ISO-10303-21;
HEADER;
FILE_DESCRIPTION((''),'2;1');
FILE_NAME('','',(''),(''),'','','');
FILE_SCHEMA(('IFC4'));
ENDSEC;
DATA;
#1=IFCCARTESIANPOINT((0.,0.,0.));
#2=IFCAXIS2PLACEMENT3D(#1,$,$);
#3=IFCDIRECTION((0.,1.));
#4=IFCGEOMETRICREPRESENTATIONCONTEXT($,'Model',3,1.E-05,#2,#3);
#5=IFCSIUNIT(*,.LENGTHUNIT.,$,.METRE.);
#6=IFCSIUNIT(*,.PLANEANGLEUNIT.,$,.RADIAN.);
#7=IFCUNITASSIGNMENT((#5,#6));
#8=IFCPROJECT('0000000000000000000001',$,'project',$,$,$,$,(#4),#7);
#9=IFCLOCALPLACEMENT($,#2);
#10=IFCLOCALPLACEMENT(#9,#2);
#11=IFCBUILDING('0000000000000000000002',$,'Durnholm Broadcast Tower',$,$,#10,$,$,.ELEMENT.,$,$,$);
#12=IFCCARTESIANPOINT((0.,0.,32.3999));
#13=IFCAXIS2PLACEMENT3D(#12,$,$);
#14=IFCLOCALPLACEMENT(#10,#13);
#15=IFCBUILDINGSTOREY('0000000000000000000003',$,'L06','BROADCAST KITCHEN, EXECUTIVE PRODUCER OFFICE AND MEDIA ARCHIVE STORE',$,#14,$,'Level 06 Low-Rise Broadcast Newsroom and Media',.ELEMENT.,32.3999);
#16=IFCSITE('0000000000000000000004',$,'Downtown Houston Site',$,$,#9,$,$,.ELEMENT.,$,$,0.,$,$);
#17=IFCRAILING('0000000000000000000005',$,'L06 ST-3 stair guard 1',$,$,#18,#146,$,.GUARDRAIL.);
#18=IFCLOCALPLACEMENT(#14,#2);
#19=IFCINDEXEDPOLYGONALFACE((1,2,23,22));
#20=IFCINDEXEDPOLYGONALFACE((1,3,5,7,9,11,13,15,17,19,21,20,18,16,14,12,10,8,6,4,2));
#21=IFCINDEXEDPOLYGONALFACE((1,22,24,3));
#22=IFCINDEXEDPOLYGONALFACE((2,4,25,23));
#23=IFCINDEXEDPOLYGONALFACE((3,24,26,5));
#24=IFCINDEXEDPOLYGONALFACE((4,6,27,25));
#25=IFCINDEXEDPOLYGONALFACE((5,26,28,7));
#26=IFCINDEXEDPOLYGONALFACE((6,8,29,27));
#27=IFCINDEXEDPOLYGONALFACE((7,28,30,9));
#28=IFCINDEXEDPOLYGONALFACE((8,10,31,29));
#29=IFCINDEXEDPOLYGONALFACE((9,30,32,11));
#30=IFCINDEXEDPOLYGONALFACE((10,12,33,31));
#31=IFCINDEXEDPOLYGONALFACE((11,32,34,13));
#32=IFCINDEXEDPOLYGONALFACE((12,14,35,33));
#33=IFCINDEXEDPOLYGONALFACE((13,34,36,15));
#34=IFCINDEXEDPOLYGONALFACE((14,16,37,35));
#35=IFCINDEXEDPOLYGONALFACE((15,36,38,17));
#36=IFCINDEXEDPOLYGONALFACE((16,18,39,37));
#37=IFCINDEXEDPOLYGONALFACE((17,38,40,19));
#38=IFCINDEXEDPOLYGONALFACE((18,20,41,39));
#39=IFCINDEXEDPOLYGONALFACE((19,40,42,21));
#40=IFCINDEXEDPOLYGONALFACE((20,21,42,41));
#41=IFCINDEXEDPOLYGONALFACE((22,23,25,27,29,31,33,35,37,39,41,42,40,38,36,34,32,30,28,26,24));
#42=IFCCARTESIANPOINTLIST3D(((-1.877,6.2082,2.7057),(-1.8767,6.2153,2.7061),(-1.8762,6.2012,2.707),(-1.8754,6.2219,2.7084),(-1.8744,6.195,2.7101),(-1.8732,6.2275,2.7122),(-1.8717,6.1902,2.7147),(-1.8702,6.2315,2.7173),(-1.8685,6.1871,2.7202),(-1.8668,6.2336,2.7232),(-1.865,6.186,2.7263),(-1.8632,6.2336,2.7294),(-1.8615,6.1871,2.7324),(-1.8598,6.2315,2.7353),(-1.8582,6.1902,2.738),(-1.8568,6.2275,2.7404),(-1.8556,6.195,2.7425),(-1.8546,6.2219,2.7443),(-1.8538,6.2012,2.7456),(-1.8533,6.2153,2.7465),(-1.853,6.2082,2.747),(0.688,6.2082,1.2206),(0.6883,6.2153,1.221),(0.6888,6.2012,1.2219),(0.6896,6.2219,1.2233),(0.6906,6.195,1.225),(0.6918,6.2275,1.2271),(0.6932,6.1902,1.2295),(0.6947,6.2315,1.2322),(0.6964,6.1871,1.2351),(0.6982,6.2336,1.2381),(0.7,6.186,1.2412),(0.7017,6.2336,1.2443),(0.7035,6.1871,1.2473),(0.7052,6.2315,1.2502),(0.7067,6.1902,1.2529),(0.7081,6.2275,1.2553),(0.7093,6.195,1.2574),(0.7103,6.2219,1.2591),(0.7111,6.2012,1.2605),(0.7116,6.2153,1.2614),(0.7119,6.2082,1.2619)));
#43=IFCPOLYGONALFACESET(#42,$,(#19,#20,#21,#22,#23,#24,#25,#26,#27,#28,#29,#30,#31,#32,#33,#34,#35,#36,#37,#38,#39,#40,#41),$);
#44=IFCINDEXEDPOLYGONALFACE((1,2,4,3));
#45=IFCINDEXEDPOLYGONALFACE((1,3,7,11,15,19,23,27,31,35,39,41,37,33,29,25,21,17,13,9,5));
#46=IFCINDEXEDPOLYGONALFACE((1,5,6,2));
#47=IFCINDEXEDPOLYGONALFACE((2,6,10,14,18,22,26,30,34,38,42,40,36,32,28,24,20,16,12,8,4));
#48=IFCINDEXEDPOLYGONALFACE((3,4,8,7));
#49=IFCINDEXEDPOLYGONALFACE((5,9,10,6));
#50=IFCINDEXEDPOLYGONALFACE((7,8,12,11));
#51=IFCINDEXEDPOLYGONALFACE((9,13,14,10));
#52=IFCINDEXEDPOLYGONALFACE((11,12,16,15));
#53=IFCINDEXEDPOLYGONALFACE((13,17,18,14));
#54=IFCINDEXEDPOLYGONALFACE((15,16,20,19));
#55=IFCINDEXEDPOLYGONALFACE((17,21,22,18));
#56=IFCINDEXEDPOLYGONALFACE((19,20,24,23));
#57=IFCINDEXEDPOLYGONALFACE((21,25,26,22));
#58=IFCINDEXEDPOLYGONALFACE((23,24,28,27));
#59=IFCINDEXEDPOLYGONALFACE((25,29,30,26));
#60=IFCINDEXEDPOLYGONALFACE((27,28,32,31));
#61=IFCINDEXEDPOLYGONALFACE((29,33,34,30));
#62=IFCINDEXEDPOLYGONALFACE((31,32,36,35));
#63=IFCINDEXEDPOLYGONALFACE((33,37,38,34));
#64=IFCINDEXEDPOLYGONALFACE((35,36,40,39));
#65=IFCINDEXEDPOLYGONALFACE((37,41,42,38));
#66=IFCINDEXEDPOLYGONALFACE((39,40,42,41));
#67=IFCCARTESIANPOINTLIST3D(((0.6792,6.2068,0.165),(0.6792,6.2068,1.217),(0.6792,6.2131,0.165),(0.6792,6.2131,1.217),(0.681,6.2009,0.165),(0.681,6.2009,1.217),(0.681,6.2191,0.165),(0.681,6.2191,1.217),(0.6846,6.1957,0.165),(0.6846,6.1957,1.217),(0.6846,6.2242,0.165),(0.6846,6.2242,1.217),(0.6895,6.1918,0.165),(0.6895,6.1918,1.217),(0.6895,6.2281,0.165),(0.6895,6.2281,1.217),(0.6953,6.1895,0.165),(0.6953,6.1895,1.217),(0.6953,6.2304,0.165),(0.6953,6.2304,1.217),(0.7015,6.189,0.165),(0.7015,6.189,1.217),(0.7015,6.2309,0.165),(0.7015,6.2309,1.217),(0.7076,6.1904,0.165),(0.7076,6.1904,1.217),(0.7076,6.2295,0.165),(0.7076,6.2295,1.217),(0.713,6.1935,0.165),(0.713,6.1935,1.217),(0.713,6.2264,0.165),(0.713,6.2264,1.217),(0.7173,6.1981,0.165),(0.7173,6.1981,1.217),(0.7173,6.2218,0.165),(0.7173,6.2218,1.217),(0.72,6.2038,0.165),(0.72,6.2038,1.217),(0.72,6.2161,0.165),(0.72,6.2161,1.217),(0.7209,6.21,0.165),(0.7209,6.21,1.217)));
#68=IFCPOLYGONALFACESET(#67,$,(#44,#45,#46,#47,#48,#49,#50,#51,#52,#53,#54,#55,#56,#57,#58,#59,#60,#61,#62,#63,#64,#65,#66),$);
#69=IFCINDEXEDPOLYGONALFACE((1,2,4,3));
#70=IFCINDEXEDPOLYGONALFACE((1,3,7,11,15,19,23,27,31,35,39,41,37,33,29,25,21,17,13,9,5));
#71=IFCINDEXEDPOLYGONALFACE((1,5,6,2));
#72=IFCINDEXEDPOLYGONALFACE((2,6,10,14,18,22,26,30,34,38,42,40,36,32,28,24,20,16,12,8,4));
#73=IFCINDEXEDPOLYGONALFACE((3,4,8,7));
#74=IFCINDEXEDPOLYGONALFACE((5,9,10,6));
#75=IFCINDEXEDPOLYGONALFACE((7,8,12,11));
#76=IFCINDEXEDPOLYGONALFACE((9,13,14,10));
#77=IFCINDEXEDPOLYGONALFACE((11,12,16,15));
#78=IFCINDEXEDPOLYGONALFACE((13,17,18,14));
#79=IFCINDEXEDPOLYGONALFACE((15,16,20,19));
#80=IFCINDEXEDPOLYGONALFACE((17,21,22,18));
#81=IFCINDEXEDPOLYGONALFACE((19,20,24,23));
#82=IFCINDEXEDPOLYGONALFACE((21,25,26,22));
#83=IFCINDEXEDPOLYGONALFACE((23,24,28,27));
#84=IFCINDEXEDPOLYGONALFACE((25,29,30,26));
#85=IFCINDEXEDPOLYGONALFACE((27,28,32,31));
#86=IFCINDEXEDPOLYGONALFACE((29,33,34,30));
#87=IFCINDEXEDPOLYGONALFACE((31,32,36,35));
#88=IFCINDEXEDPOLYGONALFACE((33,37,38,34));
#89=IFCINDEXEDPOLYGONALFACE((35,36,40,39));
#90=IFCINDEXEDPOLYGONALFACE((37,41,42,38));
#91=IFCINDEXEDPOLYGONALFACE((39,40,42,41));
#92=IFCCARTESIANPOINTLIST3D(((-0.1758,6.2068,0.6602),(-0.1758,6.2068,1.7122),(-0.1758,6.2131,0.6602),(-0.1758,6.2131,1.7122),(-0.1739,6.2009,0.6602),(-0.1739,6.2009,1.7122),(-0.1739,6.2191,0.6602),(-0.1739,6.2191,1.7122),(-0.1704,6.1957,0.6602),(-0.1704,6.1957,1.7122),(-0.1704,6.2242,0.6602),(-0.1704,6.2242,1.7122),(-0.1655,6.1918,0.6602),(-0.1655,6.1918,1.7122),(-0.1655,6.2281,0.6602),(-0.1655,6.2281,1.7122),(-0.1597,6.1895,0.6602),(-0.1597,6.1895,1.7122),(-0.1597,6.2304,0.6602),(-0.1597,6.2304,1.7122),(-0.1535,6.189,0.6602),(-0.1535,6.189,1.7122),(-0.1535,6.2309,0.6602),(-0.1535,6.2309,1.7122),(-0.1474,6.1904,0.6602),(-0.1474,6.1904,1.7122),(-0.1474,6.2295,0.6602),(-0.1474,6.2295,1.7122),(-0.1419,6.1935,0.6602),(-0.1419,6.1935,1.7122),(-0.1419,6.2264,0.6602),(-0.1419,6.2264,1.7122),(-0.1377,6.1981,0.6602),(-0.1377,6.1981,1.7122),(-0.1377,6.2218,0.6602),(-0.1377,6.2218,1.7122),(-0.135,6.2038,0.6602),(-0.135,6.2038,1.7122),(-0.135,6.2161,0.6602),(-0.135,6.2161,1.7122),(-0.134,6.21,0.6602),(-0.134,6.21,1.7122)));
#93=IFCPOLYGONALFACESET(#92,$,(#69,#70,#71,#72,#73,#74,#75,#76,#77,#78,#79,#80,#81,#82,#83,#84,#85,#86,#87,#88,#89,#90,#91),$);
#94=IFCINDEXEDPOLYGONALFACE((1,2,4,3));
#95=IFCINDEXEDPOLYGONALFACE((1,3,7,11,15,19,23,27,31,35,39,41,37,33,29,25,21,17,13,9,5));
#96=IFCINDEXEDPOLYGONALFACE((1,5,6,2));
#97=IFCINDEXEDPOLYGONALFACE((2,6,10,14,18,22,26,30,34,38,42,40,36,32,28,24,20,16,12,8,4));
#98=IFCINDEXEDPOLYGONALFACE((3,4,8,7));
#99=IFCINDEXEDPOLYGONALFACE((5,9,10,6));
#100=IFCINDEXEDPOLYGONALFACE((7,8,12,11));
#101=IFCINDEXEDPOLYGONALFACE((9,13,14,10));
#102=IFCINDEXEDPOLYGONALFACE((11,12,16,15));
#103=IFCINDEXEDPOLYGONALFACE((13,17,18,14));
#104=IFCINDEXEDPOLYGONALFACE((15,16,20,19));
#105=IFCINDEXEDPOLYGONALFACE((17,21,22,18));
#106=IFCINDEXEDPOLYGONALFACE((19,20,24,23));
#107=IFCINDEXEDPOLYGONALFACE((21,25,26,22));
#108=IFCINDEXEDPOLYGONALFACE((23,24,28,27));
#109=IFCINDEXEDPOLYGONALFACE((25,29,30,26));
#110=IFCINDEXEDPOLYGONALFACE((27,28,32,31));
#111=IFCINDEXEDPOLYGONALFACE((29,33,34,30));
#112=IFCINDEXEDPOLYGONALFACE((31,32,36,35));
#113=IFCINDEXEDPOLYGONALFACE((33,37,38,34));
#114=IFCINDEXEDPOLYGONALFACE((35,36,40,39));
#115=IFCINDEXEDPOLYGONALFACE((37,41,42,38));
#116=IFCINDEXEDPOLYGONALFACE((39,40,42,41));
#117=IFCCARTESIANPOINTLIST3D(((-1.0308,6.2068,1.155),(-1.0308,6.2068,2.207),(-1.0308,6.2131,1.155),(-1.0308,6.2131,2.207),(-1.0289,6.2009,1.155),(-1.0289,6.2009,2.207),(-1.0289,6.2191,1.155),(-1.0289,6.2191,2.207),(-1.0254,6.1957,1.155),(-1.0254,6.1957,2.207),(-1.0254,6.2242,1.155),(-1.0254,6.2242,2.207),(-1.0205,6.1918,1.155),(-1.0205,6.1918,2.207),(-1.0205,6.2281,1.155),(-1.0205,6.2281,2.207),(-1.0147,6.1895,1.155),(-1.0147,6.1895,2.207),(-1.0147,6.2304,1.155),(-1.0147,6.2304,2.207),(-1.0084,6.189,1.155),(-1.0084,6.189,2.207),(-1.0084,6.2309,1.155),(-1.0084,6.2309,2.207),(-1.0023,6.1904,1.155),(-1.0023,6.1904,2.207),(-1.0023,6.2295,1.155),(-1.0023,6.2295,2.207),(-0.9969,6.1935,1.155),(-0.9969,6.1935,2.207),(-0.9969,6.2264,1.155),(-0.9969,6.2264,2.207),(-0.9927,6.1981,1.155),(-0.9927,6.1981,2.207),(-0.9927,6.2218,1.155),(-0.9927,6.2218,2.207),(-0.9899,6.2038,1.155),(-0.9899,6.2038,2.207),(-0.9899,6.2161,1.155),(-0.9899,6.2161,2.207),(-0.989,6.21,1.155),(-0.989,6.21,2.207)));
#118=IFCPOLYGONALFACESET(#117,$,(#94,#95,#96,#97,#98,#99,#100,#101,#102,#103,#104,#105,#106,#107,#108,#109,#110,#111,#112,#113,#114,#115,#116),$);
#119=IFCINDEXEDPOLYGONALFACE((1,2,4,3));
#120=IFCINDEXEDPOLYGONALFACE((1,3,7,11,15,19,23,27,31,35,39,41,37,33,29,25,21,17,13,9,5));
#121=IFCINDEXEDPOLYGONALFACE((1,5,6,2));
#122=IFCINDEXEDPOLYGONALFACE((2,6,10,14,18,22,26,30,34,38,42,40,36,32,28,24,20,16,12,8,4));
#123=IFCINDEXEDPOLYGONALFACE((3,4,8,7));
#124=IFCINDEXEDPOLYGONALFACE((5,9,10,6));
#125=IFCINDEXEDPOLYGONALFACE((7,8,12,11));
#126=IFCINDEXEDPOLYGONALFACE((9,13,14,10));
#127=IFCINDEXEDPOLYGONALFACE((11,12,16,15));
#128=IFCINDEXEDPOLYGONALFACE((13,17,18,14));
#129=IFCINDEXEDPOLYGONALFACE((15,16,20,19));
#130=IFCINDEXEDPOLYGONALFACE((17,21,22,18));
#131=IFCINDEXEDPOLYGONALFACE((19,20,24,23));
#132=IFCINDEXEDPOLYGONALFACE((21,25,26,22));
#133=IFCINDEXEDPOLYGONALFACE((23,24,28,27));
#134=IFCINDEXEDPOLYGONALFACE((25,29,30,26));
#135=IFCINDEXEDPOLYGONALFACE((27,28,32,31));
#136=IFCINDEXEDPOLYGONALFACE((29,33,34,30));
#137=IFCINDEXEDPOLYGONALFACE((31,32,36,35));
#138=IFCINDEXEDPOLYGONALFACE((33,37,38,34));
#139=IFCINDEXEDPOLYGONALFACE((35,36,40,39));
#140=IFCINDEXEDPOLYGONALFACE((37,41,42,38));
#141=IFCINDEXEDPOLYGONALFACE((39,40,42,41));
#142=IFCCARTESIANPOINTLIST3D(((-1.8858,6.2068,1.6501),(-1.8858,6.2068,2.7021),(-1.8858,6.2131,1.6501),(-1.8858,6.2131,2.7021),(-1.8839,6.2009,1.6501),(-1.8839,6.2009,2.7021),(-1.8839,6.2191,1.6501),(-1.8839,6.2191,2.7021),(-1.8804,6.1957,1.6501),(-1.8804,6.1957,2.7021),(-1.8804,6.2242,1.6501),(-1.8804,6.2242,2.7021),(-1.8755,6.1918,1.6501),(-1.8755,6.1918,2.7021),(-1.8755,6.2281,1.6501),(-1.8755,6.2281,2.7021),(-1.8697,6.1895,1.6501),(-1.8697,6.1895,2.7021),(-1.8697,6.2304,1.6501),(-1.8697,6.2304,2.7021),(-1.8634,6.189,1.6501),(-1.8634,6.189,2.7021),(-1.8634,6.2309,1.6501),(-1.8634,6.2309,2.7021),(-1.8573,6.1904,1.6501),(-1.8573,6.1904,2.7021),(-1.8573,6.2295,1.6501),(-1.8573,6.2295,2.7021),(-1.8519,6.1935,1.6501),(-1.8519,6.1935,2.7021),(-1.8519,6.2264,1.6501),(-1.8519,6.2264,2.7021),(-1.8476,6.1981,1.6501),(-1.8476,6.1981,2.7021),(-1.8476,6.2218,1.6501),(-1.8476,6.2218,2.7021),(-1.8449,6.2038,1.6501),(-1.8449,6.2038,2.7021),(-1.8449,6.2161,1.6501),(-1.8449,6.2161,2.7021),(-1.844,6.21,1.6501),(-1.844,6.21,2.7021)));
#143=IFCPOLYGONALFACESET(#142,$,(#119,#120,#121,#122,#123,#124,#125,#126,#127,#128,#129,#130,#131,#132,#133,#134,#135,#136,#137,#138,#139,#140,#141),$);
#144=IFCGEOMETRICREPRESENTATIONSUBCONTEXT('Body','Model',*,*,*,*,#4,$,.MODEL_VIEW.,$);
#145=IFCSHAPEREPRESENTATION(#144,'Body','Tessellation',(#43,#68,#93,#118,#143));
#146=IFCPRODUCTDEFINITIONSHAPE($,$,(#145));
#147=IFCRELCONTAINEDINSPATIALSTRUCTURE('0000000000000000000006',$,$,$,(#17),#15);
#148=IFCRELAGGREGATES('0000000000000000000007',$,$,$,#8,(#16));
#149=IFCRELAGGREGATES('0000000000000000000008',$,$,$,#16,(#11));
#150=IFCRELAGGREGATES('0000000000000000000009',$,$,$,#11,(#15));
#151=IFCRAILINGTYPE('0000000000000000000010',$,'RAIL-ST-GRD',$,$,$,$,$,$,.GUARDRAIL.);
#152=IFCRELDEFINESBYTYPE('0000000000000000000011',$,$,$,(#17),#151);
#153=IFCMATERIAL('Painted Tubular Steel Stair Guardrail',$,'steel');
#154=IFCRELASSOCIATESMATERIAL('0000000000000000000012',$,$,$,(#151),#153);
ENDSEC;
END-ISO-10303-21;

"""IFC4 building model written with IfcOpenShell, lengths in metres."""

from ifc_helpers import new_model, si_unit, direction, frame, origin, origin_2d, place, context, subcontext, project, spatial, circle, extrude, material, type_object, element, save


model = new_model("IFC4")

# Units and contexts
model_context = context("Model", 3, precision=1e-05, world=origin(), true_north=direction((0.0, 1.0)))
body_context = subcontext(model_context, "Body", "Model", "MODEL_VIEW")
ifc_project = project(units=[si_unit("LENGTHUNIT", "METRE"), si_unit("PLANEANGLEUNIT", "RADIAN")], contexts=[model_context])

# Site, building, storey
site_placement = place(None, origin())
site = spatial("IfcSite", under=ifc_project, at=site_placement, Name="Downtown Houston Site", CompositionType="ELEMENT", RefElevation=0.0)
building_placement = place(site_placement, origin())
building = spatial("IfcBuilding", under=site, at=building_placement, Name="Durnholm Broadcast Tower", CompositionType="ELEMENT")
storey_placement = place(building_placement, frame((0.0, 0.0, 32.3999)))
storey = spatial("IfcBuildingStorey", under=building, at=storey_placement, Name="L06", Description="BROADCAST KITCHEN, EXECUTIVE PRODUCER OFFICE AND MEDIA ARCHIVE STORE", LongName="Level 06 Low-Rise Broadcast Newsroom and Media", CompositionType="ELEMENT", Elevation=32.3999)

# Railing
ifc_material_1 = material(Name="Painted Tubular Steel Stair Guardrail", Category="steel")
railing_type_1 = type_object("IfcRailingType", Name="RAIL-ST-GRD", PredefinedType="GUARDRAIL", material=ifc_material_1)
railing_1_placement = place(storey_placement, frame((0.7, 6.21, 0.165)))
element("IfcRailing", 1, at=railing_1_placement, inside=storey, type_object=railing_type_1, Name="L06 ST-3 stair guard 1", PredefinedType="GUARDRAIL", context=body_context, shape_type="SweptSolid", body=[
    extrude(circle(Radius=0.0239, at=origin_2d()), frame((0.0, 0.0, 1.0762), z_axis=(-0.865406, 0.0, 0.501072), x_axis=(0.0, -1.0, 0.0)), (0.0, 0.0, 1.0), 2.9639),
    extrude(circle(Radius=0.021, at=origin_2d()), origin(), (0.0, 0.0, 1.0), 1.052),
    extrude(circle(Radius=0.021, at=origin_2d()), frame((-0.855, 0.0, 0.4951)), (0.0, 0.0, 1.0), 1.052),
    extrude(circle(Radius=0.021, at=origin_2d()), frame((-1.71, 0.0, 0.99)), (0.0, 0.0, 1.0), 1.052),
    extrude(circle(Radius=0.021, at=origin_2d()), frame((-2.5649, 0.0, 1.4851)), (0.0, 0.0, 1.0), 1.052),
])

save(model, "model.ifc")
